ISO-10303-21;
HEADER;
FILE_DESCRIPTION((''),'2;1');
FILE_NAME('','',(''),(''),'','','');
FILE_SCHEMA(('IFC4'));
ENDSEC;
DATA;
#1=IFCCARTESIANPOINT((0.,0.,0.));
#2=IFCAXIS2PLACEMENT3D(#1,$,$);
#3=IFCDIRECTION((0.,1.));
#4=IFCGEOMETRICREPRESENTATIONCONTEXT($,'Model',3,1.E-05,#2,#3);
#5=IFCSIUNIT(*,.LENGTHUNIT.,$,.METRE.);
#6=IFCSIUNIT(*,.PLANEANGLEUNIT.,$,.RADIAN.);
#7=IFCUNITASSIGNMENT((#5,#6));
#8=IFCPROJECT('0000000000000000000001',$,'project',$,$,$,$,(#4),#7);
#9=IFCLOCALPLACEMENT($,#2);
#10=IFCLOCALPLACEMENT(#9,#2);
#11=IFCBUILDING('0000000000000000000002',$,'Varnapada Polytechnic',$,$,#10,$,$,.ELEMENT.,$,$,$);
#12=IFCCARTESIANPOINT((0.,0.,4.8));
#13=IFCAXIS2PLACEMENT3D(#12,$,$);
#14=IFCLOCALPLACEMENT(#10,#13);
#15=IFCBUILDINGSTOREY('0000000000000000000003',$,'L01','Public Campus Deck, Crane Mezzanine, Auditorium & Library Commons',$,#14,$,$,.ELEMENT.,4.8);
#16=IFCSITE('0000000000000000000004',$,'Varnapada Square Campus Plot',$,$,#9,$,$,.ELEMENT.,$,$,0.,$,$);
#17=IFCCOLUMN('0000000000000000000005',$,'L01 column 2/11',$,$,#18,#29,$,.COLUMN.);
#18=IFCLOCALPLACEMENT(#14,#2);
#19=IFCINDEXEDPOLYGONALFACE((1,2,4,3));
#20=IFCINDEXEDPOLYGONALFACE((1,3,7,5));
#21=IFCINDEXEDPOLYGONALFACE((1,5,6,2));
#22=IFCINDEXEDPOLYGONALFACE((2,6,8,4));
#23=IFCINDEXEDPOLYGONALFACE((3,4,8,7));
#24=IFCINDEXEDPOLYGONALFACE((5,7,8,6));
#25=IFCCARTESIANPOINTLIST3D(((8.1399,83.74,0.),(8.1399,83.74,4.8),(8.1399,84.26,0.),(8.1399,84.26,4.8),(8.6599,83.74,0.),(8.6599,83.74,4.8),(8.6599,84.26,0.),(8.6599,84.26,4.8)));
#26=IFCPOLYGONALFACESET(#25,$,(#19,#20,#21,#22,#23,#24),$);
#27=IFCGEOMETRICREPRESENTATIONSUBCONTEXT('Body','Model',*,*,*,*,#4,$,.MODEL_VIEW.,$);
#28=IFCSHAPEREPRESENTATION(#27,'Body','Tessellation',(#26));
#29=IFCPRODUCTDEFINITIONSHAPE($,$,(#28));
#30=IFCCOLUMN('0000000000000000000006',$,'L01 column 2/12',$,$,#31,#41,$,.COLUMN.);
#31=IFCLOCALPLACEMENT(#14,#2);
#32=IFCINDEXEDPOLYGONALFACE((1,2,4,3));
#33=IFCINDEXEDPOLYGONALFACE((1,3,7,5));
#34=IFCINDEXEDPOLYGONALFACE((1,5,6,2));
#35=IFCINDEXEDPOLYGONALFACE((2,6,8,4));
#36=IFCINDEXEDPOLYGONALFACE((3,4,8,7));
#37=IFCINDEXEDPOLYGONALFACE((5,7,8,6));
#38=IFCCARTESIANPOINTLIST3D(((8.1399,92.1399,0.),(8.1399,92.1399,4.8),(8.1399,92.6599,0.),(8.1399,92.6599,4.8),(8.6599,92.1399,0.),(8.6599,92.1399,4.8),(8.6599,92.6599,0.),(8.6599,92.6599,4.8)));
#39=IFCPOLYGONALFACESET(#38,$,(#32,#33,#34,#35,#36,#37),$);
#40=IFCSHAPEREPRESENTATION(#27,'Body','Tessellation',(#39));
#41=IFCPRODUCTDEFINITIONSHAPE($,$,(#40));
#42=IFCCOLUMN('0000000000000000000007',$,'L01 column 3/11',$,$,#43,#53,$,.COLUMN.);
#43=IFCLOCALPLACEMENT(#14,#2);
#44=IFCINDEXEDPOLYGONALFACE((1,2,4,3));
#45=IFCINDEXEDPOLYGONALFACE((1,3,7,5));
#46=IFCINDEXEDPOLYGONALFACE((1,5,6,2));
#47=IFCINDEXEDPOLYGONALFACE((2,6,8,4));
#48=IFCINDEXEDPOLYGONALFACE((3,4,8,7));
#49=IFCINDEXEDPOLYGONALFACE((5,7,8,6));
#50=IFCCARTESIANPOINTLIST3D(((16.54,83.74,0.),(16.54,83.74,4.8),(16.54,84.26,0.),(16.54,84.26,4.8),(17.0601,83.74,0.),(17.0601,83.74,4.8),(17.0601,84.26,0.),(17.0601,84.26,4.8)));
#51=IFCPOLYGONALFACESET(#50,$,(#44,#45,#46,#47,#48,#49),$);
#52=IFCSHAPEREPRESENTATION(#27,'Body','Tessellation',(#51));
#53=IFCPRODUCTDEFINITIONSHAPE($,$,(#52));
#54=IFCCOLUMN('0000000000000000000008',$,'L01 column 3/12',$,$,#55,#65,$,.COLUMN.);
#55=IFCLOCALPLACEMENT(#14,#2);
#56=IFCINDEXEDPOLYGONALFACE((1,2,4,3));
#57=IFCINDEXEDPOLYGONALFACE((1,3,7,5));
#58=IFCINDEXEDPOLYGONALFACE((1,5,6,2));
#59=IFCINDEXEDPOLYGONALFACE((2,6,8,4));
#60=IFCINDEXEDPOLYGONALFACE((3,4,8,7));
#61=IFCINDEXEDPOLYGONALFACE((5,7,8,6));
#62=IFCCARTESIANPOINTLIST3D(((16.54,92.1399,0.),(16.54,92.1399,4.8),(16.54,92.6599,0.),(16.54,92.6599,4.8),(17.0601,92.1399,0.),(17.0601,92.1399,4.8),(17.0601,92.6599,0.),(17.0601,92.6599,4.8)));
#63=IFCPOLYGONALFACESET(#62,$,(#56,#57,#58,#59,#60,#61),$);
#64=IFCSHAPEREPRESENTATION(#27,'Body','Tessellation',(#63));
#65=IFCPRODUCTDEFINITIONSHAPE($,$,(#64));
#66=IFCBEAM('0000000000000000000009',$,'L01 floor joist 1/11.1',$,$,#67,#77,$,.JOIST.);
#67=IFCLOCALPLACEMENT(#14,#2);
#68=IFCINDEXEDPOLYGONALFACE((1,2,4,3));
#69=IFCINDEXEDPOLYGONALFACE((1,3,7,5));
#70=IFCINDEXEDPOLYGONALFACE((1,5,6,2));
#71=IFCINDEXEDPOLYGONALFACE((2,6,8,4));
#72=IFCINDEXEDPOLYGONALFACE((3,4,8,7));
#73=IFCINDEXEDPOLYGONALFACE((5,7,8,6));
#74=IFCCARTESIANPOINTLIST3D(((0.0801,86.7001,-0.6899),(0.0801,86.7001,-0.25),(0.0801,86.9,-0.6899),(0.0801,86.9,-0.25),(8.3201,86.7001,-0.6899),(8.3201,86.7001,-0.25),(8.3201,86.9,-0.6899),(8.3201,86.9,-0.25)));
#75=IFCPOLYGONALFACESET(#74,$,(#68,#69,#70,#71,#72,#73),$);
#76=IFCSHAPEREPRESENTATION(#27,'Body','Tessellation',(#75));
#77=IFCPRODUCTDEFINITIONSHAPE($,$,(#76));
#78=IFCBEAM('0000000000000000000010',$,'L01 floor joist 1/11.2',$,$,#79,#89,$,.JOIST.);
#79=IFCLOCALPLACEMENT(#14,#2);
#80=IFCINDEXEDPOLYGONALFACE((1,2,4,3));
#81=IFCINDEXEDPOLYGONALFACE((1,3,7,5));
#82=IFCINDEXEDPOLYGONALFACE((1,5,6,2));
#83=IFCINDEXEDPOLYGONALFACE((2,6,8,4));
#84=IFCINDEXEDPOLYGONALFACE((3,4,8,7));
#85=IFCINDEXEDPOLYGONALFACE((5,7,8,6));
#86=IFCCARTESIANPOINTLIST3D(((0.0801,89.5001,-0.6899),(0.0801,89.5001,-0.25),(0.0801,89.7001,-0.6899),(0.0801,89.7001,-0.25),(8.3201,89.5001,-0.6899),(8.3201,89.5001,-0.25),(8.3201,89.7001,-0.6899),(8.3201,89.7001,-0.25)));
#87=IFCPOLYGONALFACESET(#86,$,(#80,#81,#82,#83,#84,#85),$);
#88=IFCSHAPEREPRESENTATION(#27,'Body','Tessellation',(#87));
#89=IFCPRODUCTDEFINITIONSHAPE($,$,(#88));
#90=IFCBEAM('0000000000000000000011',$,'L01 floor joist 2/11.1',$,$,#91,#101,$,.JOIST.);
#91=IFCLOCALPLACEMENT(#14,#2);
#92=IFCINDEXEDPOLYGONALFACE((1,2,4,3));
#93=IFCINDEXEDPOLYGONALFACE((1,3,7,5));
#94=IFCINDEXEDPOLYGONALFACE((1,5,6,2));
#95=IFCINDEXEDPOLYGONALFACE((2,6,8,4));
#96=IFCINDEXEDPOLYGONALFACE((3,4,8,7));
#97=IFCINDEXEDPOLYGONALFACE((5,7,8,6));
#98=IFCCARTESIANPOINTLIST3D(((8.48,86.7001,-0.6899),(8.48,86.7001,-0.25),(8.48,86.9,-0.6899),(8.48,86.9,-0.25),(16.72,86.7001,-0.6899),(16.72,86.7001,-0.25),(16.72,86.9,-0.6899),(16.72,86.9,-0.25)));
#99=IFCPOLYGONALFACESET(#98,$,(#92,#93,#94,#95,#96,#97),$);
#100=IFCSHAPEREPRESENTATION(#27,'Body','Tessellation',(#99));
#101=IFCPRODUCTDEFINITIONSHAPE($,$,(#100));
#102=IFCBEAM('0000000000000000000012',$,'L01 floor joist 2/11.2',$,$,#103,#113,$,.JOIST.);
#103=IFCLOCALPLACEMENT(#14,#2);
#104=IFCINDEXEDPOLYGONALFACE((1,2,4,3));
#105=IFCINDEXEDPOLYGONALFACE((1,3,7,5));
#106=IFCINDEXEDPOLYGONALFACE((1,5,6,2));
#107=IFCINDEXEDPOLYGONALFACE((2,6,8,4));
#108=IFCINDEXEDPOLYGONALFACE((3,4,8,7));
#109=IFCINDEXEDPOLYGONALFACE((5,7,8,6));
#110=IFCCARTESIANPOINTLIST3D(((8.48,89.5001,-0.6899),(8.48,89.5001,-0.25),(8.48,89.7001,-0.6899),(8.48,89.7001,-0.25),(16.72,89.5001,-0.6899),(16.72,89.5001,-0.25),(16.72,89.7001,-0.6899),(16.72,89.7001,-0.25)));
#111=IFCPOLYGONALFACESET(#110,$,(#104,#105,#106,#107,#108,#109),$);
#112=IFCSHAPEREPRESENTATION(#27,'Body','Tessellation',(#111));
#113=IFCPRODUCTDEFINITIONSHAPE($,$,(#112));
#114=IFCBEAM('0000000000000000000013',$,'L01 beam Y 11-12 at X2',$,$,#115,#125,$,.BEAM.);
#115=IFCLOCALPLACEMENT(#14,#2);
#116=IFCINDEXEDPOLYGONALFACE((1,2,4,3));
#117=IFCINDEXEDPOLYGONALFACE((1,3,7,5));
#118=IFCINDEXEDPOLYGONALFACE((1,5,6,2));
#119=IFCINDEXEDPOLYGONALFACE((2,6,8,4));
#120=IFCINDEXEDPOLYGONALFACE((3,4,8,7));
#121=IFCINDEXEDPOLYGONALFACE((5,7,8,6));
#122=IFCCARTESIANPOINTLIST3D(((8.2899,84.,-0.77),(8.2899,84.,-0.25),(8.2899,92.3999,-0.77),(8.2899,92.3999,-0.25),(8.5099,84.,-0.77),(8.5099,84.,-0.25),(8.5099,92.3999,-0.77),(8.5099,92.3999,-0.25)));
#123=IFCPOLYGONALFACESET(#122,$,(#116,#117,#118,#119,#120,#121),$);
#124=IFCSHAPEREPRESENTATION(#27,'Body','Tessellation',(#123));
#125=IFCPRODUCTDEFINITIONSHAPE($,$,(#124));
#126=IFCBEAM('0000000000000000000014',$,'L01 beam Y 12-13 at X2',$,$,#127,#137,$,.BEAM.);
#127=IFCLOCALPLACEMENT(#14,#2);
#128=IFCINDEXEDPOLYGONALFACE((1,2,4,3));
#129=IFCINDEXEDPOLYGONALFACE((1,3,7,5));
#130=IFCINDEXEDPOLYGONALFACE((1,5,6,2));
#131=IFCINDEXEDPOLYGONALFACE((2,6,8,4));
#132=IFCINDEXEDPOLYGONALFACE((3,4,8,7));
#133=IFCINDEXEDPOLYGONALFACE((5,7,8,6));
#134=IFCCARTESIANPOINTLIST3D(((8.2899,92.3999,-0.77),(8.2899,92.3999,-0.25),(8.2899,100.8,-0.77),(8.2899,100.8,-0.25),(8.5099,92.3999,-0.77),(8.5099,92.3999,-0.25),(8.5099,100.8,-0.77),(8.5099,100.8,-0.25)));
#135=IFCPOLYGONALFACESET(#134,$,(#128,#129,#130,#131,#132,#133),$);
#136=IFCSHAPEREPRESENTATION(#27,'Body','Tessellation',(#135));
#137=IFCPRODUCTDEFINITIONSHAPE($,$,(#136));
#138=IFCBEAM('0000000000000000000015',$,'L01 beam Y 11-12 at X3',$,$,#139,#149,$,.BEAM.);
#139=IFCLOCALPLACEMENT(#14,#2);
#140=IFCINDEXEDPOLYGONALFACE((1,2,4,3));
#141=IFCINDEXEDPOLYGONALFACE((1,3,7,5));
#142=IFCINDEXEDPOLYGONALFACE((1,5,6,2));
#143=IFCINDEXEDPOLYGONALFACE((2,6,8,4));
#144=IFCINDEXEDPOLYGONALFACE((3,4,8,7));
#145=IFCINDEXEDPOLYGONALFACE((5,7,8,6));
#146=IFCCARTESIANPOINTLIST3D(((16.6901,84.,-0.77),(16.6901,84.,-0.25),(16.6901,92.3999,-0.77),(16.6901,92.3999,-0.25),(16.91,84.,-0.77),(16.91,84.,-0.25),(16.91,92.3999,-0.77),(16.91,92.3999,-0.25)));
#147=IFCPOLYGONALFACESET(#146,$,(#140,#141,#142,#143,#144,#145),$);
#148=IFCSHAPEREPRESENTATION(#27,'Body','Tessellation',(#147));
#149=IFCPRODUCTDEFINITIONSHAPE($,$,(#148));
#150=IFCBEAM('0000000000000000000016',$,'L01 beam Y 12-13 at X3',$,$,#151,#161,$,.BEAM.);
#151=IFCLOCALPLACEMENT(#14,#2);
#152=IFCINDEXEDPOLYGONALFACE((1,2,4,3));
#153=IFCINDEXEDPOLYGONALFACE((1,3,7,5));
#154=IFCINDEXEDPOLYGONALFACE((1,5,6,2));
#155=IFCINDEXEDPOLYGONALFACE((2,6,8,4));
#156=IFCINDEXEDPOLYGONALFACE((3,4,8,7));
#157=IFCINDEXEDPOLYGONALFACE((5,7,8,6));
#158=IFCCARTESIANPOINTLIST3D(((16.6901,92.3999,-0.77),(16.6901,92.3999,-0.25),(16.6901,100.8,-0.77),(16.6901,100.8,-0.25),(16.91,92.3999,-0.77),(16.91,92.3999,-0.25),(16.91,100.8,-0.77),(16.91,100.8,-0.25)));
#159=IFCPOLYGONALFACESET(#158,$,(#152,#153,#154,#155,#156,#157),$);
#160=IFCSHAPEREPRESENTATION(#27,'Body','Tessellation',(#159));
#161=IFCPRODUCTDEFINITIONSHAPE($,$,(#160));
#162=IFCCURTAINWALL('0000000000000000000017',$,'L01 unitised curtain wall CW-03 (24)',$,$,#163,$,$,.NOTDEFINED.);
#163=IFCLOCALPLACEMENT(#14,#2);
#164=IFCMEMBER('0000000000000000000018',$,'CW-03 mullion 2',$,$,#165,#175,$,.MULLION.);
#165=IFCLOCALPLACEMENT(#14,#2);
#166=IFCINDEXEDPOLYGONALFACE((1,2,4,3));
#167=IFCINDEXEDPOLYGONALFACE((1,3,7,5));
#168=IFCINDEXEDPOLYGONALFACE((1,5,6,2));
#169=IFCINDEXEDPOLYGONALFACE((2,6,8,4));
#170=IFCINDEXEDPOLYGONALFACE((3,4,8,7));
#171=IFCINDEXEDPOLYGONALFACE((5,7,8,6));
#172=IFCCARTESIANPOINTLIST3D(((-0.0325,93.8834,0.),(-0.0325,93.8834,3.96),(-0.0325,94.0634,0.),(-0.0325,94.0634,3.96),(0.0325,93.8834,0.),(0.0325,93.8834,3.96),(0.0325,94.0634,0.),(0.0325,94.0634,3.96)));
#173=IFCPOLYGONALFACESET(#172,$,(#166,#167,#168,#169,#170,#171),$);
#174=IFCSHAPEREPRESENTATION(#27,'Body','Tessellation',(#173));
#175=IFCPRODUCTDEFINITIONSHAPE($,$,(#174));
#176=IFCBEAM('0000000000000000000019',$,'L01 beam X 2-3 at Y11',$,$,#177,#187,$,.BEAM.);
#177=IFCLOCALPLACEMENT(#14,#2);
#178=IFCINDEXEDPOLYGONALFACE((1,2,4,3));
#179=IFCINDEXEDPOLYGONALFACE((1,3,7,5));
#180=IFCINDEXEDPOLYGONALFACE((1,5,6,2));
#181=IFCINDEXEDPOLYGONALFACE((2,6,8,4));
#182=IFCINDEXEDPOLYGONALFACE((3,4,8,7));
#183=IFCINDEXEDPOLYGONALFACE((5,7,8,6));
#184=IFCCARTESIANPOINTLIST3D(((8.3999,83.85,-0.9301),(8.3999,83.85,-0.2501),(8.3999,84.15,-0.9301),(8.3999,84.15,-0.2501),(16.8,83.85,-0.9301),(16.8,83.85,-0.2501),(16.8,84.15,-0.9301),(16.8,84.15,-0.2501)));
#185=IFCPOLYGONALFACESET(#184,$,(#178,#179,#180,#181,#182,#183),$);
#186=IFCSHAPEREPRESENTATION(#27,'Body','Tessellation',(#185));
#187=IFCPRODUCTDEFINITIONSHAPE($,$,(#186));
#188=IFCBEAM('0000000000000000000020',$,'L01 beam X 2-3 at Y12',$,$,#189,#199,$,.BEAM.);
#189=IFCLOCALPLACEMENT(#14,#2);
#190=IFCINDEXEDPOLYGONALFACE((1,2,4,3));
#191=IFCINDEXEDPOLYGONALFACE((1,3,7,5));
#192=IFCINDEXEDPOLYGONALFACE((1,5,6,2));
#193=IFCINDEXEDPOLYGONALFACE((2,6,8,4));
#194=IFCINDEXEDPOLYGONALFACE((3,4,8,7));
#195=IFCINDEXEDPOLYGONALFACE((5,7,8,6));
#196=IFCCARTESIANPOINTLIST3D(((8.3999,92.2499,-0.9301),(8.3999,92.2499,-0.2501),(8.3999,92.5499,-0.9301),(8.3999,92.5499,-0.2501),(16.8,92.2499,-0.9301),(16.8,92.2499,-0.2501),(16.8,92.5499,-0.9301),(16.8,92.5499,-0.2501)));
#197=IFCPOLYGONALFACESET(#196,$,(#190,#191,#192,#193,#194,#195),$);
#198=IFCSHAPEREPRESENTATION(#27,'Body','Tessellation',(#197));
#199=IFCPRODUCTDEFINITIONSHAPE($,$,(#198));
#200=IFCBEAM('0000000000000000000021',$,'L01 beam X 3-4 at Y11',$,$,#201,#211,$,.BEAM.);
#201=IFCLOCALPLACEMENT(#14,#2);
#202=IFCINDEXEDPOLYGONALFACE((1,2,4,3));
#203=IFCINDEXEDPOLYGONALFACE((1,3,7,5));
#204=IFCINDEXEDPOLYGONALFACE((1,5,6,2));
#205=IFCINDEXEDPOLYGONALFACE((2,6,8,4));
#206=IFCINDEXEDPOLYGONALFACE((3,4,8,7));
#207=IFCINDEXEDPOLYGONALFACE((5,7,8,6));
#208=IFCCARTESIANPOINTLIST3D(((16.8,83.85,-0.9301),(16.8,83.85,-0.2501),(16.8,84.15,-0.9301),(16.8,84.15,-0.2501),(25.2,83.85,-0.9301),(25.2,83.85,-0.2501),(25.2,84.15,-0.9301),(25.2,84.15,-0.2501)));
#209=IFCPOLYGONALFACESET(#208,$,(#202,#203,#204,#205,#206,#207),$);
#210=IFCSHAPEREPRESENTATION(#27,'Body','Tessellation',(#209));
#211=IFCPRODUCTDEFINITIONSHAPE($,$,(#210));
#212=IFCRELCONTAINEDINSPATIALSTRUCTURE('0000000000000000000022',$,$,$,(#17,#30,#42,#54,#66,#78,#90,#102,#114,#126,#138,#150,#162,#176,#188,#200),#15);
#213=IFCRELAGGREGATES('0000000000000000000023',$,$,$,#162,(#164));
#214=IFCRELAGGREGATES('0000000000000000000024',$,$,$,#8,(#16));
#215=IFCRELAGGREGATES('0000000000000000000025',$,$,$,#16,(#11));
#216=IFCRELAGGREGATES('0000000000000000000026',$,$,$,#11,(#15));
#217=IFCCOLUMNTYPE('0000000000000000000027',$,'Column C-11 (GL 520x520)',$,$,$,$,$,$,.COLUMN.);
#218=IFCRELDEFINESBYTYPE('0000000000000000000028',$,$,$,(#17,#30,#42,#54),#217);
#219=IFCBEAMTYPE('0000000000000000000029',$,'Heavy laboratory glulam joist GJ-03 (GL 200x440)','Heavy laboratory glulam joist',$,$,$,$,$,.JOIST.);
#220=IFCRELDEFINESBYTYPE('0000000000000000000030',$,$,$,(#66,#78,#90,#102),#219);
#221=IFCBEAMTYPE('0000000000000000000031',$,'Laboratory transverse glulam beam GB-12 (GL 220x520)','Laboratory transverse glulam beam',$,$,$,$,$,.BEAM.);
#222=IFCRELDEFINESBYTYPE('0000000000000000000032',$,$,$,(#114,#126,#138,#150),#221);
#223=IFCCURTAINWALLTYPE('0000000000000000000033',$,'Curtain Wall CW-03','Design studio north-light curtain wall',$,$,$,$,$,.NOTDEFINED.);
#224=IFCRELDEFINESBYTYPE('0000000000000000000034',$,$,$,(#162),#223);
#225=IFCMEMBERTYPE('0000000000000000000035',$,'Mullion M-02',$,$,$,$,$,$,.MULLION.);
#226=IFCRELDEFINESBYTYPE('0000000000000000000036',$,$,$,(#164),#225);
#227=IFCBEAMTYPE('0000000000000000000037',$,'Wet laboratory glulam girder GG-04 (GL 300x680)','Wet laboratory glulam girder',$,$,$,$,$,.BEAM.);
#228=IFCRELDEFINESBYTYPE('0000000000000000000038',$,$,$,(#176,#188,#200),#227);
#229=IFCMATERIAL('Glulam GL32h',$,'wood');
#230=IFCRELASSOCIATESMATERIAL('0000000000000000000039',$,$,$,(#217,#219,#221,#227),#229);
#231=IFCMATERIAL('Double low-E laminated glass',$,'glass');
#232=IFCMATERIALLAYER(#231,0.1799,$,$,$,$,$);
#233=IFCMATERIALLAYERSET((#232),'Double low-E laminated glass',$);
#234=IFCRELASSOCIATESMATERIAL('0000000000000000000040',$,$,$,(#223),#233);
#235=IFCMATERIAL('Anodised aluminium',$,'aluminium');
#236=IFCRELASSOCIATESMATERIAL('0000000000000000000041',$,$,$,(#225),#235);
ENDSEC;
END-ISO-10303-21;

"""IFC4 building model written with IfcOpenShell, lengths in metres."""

from ifc_helpers import new_model, si_unit, direction, frame, origin, origin_2d, place, context, subcontext, project, spatial, rectangle, extrude, material, layer, layer_set, material_profile, profile_set, type_object, element, aggregate, save


model = new_model("IFC4")

# Units and contexts
model_context = context("Model", 3, precision=1e-05, world=origin(), true_north=direction((0.0, 1.0)))
body_context = subcontext(model_context, "Body", "Model", "MODEL_VIEW")
ifc_project = project(units=[si_unit("LENGTHUNIT", "METRE"), si_unit("PLANEANGLEUNIT", "RADIAN")], contexts=[model_context])

# Site, building, storey
site_placement = place(None, origin())
site = spatial("IfcSite", under=ifc_project, at=site_placement, Name="Varnapada Square Campus Plot", CompositionType="ELEMENT", RefElevation=0.0)
building_placement = place(site_placement, origin())
building = spatial("IfcBuilding", under=site, at=building_placement, Name="Varnapada Polytechnic", CompositionType="ELEMENT")
storey_placement = place(building_placement, frame((0.0, 0.0, 4.8)))
storey = spatial("IfcBuildingStorey", under=building, at=storey_placement, Name="L01", Description="Public Campus Deck, Crane Mezzanine, Auditorium & Library Commons", CompositionType="ELEMENT", Elevation=4.8)

# Columns
ifc_material_1 = material(Name="Glulam GL32h", Category="wood")
ifc_material_profile_1 = material_profile(ifc_material_1, rectangle(XDim=0.52, YDim=0.52, at=origin_2d()), Name="GL 520x520")
ifc_profile_set_1 = profile_set([ifc_material_profile_1], Name="Glulam GL32h")
column_type = type_object("IfcColumnType", Name="Column C-11 (GL 520x520)", PredefinedType="COLUMN", material=ifc_profile_set_1)
for number, where, z_axis, x_axis, name in (
    (1, (8.3999, 84.0, 0.0), (0.0, 0.0, 1.0), (1.0, 0.0, 0.0), "L01 column 2/11"),
    (2, (8.3999, 92.3999, 0.0), (0.0, 0.0, 1.0), (1.0, 0.0, 0.0), "L01 column 2/12"),
    (3, (16.8, 84.0, 0.0), (0.0, 0.0, 1.0), (1.0, 0.0, 0.0), "L01 column 3/11"),
    (4, (16.8, 92.3999, 0.0), (0.0, 0.0, 1.0), (1.0, 0.0, 0.0), "L01 column 3/12"),
):
    element("IfcColumn", number, at=place(storey_placement, frame(where, z_axis=z_axis, x_axis=x_axis)), inside=storey, type_object=column_type, Name=name, PredefinedType="COLUMN", context=body_context, shape_type="SweptSolid", body=[
        extrude(rectangle(XDim=0.52, YDim=0.52, at=origin_2d()), origin(), (0.0, 0.0, 1.0), 4.8),
    ])

# Beams
ifc_material_profile_2 = material_profile(ifc_material_1, rectangle(XDim=0.2, YDim=0.4399, at=origin_2d()), Name="GL 200x440")
ifc_profile_set_2 = profile_set([ifc_material_profile_2], Name="Glulam GL32h")
beam_type_1 = type_object("IfcBeamType", Name="Heavy laboratory glulam joist GJ-03 (GL 200x440)", Description="Heavy laboratory glulam joist", PredefinedType="JOIST", material=ifc_profile_set_2)
for number, where, z_axis, x_axis, name in (
    (5, (0.0801, 86.8, -0.47), (1.0, 0.0, 0.0), (0.0, 1.0, 0.0), "L01 floor joist 1/11.1"),
    (6, (0.0801, 89.6001, -0.47), (1.0, 0.0, 0.0), (0.0, 1.0, 0.0), "L01 floor joist 1/11.2"),
    (7, (8.48, 86.8, -0.47), (1.0, 0.0, 0.0), (0.0, 1.0, 0.0), "L01 floor joist 2/11.1"),
    (8, (8.48, 89.6001, -0.47), (1.0, 0.0, 0.0), (0.0, 1.0, 0.0), "L01 floor joist 2/11.2"),
):
    element("IfcBeam", number, at=place(storey_placement, frame(where, z_axis=z_axis, x_axis=x_axis)), inside=storey, type_object=beam_type_1, Name=name, PredefinedType="JOIST", context=body_context, shape_type="SweptSolid", body=[
        extrude(rectangle(XDim=0.2, YDim=0.4399, at=origin_2d()), origin(), (0.0, 0.0, 1.0), 8.24),
    ])
ifc_material_profile_3 = material_profile(ifc_material_1, rectangle(XDim=0.22, YDim=0.52, at=origin_2d()), Name="GL 220x520")
ifc_profile_set_3 = profile_set([ifc_material_profile_3], Name="Glulam GL32h")
beam_type_2 = type_object("IfcBeamType", Name="Laboratory transverse glulam beam GB-12 (GL 220x520)", Description="Laboratory transverse glulam beam", PredefinedType="BEAM", material=ifc_profile_set_3)
beam_1_placement = place(storey_placement, frame((8.3999, 84.0, -0.51), z_axis=(0.0, 1.0, 0.0), x_axis=(-1.0, 0.0, 0.0)))
element("IfcBeam", 9, at=beam_1_placement, inside=storey, type_object=beam_type_2, Name="L01 beam Y 11-12 at X2", PredefinedType="BEAM", context=body_context, shape_type="SweptSolid", body=[
    extrude(rectangle(XDim=0.22, YDim=0.52, at=origin_2d()), origin(), (0.0, 0.0, 1.0), 8.3999),
])
beam_2_placement = place(storey_placement, frame((8.3999, 92.3999, -0.51), z_axis=(0.0, 1.0, 0.0), x_axis=(-1.0, 0.0, 0.0)))
element("IfcBeam", 10, at=beam_2_placement, inside=storey, type_object=beam_type_2, Name="L01 beam Y 12-13 at X2", PredefinedType="BEAM", context=body_context, shape_type="SweptSolid", body=[
    extrude(rectangle(XDim=0.22, YDim=0.52, at=origin_2d()), origin(), (0.0, 0.0, 1.0), 8.4001),
])
beam_3_placement = place(storey_placement, frame((16.8, 84.0, -0.51), z_axis=(0.0, 1.0, 0.0), x_axis=(-1.0, 0.0, 0.0)))
element("IfcBeam", 11, at=beam_3_placement, inside=storey, type_object=beam_type_2, Name="L01 beam Y 11-12 at X3", PredefinedType="BEAM", context=body_context, shape_type="SweptSolid", body=[
    extrude(rectangle(XDim=0.22, YDim=0.52, at=origin_2d()), origin(), (0.0, 0.0, 1.0), 8.3999),
])
beam_4_placement = place(storey_placement, frame((16.8, 92.3999, -0.51), z_axis=(0.0, 1.0, 0.0), x_axis=(-1.0, 0.0, 0.0)))
element("IfcBeam", 12, at=beam_4_placement, inside=storey, type_object=beam_type_2, Name="L01 beam Y 12-13 at X3", PredefinedType="BEAM", context=body_context, shape_type="SweptSolid", body=[
    extrude(rectangle(XDim=0.22, YDim=0.52, at=origin_2d()), origin(), (0.0, 0.0, 1.0), 8.4001),
])

# Curtain wall, member
ifc_material_2 = material(Name="Double low-E laminated glass", Category="glass")
ifc_layer_1 = layer(ifc_material_2, 0.1799)
ifc_layer_set_1 = layer_set([ifc_layer_1], Name="Double low-E laminated glass")
curtain_wall_type = type_object("IfcCurtainWallType", Name="Curtain Wall CW-03", Description="Design studio north-light curtain wall", PredefinedType="NOTDEFINED", material=ifc_layer_set_1)
curtain_wall_placement = place(storey_placement, origin())
curtain_wall = element("IfcCurtainWall", 13, at=curtain_wall_placement, inside=storey, type_object=curtain_wall_type, Name="L01 unitised curtain wall CW-03 (24)", PredefinedType="NOTDEFINED")
ifc_material_3 = material(Name="Anodised aluminium", Category="aluminium")
ifc_material_profile_4 = material_profile(ifc_material_3, rectangle(XDim=0.0649, YDim=0.1799, at=origin_2d()), Name="ALU M65x180")
ifc_profile_set_4 = profile_set([ifc_material_profile_4], Name="Anodised aluminium")
member_type = type_object("IfcMemberType", Name="Mullion M-02", PredefinedType="MULLION", material=ifc_profile_set_4)
member_placement = place(storey_placement, frame((0.0, 93.9734, 0.0), z_axis=(0.0, 0.0, 1.0), x_axis=(-1.0, 0.0, 0.0)))
member = element("IfcMember", 14, at=member_placement, type_object=member_type, Name="CW-03 mullion 2", PredefinedType="MULLION", context=body_context, shape_type="SweptSolid", body=[
    extrude(rectangle(XDim=0.0649, YDim=0.1799, at=origin_2d()), origin(), (0.0, 0.0, 1.0), 3.96),
])
aggregate(curtain_wall, [member])

# Beams
ifc_material_profile_5 = material_profile(ifc_material_1, rectangle(XDim=0.3, YDim=0.6799, at=origin_2d()), Name="GL 300x680")
ifc_profile_set_5 = profile_set([ifc_material_profile_5], Name="Glulam GL32h")
beam_type_3 = type_object("IfcBeamType", Name="Wet laboratory glulam girder GG-04 (GL 300x680)", Description="Wet laboratory glulam girder", PredefinedType="BEAM", material=ifc_profile_set_5)
for number, where, z_axis, x_axis, name in (
    (15, (8.3999, 84.0, -0.5901), (1.0, 0.0, 0.0), (0.0, 1.0, 0.0), "L01 beam X 2-3 at Y11"),
    (16, (8.3999, 92.3999, -0.5901), (1.0, 0.0, 0.0), (0.0, 1.0, 0.0), "L01 beam X 2-3 at Y12"),
):
    element("IfcBeam", number, at=place(storey_placement, frame(where, z_axis=z_axis, x_axis=x_axis)), inside=storey, type_object=beam_type_3, Name=name, PredefinedType="BEAM", context=body_context, shape_type="SweptSolid", body=[
        extrude(rectangle(XDim=0.3, YDim=0.6799, at=origin_2d()), origin(), (0.0, 0.0, 1.0), 8.4001),
    ])
for number, where, z_axis, x_axis, name in (
    (17, (16.8, 84.0, -0.5901), (1.0, 0.0, 0.0), (0.0, 1.0, 0.0), "L01 beam X 3-4 at Y11"),
):
    element("IfcBeam", number, at=place(storey_placement, frame(where, z_axis=z_axis, x_axis=x_axis)), inside=storey, type_object=beam_type_3, Name=name, PredefinedType="BEAM", context=body_context, shape_type="SweptSolid", body=[
        extrude(rectangle(XDim=0.3, YDim=0.6799, at=origin_2d()), origin(), (0.0, 0.0, 1.0), 8.3999),
    ])

save(model, "model.ifc")
